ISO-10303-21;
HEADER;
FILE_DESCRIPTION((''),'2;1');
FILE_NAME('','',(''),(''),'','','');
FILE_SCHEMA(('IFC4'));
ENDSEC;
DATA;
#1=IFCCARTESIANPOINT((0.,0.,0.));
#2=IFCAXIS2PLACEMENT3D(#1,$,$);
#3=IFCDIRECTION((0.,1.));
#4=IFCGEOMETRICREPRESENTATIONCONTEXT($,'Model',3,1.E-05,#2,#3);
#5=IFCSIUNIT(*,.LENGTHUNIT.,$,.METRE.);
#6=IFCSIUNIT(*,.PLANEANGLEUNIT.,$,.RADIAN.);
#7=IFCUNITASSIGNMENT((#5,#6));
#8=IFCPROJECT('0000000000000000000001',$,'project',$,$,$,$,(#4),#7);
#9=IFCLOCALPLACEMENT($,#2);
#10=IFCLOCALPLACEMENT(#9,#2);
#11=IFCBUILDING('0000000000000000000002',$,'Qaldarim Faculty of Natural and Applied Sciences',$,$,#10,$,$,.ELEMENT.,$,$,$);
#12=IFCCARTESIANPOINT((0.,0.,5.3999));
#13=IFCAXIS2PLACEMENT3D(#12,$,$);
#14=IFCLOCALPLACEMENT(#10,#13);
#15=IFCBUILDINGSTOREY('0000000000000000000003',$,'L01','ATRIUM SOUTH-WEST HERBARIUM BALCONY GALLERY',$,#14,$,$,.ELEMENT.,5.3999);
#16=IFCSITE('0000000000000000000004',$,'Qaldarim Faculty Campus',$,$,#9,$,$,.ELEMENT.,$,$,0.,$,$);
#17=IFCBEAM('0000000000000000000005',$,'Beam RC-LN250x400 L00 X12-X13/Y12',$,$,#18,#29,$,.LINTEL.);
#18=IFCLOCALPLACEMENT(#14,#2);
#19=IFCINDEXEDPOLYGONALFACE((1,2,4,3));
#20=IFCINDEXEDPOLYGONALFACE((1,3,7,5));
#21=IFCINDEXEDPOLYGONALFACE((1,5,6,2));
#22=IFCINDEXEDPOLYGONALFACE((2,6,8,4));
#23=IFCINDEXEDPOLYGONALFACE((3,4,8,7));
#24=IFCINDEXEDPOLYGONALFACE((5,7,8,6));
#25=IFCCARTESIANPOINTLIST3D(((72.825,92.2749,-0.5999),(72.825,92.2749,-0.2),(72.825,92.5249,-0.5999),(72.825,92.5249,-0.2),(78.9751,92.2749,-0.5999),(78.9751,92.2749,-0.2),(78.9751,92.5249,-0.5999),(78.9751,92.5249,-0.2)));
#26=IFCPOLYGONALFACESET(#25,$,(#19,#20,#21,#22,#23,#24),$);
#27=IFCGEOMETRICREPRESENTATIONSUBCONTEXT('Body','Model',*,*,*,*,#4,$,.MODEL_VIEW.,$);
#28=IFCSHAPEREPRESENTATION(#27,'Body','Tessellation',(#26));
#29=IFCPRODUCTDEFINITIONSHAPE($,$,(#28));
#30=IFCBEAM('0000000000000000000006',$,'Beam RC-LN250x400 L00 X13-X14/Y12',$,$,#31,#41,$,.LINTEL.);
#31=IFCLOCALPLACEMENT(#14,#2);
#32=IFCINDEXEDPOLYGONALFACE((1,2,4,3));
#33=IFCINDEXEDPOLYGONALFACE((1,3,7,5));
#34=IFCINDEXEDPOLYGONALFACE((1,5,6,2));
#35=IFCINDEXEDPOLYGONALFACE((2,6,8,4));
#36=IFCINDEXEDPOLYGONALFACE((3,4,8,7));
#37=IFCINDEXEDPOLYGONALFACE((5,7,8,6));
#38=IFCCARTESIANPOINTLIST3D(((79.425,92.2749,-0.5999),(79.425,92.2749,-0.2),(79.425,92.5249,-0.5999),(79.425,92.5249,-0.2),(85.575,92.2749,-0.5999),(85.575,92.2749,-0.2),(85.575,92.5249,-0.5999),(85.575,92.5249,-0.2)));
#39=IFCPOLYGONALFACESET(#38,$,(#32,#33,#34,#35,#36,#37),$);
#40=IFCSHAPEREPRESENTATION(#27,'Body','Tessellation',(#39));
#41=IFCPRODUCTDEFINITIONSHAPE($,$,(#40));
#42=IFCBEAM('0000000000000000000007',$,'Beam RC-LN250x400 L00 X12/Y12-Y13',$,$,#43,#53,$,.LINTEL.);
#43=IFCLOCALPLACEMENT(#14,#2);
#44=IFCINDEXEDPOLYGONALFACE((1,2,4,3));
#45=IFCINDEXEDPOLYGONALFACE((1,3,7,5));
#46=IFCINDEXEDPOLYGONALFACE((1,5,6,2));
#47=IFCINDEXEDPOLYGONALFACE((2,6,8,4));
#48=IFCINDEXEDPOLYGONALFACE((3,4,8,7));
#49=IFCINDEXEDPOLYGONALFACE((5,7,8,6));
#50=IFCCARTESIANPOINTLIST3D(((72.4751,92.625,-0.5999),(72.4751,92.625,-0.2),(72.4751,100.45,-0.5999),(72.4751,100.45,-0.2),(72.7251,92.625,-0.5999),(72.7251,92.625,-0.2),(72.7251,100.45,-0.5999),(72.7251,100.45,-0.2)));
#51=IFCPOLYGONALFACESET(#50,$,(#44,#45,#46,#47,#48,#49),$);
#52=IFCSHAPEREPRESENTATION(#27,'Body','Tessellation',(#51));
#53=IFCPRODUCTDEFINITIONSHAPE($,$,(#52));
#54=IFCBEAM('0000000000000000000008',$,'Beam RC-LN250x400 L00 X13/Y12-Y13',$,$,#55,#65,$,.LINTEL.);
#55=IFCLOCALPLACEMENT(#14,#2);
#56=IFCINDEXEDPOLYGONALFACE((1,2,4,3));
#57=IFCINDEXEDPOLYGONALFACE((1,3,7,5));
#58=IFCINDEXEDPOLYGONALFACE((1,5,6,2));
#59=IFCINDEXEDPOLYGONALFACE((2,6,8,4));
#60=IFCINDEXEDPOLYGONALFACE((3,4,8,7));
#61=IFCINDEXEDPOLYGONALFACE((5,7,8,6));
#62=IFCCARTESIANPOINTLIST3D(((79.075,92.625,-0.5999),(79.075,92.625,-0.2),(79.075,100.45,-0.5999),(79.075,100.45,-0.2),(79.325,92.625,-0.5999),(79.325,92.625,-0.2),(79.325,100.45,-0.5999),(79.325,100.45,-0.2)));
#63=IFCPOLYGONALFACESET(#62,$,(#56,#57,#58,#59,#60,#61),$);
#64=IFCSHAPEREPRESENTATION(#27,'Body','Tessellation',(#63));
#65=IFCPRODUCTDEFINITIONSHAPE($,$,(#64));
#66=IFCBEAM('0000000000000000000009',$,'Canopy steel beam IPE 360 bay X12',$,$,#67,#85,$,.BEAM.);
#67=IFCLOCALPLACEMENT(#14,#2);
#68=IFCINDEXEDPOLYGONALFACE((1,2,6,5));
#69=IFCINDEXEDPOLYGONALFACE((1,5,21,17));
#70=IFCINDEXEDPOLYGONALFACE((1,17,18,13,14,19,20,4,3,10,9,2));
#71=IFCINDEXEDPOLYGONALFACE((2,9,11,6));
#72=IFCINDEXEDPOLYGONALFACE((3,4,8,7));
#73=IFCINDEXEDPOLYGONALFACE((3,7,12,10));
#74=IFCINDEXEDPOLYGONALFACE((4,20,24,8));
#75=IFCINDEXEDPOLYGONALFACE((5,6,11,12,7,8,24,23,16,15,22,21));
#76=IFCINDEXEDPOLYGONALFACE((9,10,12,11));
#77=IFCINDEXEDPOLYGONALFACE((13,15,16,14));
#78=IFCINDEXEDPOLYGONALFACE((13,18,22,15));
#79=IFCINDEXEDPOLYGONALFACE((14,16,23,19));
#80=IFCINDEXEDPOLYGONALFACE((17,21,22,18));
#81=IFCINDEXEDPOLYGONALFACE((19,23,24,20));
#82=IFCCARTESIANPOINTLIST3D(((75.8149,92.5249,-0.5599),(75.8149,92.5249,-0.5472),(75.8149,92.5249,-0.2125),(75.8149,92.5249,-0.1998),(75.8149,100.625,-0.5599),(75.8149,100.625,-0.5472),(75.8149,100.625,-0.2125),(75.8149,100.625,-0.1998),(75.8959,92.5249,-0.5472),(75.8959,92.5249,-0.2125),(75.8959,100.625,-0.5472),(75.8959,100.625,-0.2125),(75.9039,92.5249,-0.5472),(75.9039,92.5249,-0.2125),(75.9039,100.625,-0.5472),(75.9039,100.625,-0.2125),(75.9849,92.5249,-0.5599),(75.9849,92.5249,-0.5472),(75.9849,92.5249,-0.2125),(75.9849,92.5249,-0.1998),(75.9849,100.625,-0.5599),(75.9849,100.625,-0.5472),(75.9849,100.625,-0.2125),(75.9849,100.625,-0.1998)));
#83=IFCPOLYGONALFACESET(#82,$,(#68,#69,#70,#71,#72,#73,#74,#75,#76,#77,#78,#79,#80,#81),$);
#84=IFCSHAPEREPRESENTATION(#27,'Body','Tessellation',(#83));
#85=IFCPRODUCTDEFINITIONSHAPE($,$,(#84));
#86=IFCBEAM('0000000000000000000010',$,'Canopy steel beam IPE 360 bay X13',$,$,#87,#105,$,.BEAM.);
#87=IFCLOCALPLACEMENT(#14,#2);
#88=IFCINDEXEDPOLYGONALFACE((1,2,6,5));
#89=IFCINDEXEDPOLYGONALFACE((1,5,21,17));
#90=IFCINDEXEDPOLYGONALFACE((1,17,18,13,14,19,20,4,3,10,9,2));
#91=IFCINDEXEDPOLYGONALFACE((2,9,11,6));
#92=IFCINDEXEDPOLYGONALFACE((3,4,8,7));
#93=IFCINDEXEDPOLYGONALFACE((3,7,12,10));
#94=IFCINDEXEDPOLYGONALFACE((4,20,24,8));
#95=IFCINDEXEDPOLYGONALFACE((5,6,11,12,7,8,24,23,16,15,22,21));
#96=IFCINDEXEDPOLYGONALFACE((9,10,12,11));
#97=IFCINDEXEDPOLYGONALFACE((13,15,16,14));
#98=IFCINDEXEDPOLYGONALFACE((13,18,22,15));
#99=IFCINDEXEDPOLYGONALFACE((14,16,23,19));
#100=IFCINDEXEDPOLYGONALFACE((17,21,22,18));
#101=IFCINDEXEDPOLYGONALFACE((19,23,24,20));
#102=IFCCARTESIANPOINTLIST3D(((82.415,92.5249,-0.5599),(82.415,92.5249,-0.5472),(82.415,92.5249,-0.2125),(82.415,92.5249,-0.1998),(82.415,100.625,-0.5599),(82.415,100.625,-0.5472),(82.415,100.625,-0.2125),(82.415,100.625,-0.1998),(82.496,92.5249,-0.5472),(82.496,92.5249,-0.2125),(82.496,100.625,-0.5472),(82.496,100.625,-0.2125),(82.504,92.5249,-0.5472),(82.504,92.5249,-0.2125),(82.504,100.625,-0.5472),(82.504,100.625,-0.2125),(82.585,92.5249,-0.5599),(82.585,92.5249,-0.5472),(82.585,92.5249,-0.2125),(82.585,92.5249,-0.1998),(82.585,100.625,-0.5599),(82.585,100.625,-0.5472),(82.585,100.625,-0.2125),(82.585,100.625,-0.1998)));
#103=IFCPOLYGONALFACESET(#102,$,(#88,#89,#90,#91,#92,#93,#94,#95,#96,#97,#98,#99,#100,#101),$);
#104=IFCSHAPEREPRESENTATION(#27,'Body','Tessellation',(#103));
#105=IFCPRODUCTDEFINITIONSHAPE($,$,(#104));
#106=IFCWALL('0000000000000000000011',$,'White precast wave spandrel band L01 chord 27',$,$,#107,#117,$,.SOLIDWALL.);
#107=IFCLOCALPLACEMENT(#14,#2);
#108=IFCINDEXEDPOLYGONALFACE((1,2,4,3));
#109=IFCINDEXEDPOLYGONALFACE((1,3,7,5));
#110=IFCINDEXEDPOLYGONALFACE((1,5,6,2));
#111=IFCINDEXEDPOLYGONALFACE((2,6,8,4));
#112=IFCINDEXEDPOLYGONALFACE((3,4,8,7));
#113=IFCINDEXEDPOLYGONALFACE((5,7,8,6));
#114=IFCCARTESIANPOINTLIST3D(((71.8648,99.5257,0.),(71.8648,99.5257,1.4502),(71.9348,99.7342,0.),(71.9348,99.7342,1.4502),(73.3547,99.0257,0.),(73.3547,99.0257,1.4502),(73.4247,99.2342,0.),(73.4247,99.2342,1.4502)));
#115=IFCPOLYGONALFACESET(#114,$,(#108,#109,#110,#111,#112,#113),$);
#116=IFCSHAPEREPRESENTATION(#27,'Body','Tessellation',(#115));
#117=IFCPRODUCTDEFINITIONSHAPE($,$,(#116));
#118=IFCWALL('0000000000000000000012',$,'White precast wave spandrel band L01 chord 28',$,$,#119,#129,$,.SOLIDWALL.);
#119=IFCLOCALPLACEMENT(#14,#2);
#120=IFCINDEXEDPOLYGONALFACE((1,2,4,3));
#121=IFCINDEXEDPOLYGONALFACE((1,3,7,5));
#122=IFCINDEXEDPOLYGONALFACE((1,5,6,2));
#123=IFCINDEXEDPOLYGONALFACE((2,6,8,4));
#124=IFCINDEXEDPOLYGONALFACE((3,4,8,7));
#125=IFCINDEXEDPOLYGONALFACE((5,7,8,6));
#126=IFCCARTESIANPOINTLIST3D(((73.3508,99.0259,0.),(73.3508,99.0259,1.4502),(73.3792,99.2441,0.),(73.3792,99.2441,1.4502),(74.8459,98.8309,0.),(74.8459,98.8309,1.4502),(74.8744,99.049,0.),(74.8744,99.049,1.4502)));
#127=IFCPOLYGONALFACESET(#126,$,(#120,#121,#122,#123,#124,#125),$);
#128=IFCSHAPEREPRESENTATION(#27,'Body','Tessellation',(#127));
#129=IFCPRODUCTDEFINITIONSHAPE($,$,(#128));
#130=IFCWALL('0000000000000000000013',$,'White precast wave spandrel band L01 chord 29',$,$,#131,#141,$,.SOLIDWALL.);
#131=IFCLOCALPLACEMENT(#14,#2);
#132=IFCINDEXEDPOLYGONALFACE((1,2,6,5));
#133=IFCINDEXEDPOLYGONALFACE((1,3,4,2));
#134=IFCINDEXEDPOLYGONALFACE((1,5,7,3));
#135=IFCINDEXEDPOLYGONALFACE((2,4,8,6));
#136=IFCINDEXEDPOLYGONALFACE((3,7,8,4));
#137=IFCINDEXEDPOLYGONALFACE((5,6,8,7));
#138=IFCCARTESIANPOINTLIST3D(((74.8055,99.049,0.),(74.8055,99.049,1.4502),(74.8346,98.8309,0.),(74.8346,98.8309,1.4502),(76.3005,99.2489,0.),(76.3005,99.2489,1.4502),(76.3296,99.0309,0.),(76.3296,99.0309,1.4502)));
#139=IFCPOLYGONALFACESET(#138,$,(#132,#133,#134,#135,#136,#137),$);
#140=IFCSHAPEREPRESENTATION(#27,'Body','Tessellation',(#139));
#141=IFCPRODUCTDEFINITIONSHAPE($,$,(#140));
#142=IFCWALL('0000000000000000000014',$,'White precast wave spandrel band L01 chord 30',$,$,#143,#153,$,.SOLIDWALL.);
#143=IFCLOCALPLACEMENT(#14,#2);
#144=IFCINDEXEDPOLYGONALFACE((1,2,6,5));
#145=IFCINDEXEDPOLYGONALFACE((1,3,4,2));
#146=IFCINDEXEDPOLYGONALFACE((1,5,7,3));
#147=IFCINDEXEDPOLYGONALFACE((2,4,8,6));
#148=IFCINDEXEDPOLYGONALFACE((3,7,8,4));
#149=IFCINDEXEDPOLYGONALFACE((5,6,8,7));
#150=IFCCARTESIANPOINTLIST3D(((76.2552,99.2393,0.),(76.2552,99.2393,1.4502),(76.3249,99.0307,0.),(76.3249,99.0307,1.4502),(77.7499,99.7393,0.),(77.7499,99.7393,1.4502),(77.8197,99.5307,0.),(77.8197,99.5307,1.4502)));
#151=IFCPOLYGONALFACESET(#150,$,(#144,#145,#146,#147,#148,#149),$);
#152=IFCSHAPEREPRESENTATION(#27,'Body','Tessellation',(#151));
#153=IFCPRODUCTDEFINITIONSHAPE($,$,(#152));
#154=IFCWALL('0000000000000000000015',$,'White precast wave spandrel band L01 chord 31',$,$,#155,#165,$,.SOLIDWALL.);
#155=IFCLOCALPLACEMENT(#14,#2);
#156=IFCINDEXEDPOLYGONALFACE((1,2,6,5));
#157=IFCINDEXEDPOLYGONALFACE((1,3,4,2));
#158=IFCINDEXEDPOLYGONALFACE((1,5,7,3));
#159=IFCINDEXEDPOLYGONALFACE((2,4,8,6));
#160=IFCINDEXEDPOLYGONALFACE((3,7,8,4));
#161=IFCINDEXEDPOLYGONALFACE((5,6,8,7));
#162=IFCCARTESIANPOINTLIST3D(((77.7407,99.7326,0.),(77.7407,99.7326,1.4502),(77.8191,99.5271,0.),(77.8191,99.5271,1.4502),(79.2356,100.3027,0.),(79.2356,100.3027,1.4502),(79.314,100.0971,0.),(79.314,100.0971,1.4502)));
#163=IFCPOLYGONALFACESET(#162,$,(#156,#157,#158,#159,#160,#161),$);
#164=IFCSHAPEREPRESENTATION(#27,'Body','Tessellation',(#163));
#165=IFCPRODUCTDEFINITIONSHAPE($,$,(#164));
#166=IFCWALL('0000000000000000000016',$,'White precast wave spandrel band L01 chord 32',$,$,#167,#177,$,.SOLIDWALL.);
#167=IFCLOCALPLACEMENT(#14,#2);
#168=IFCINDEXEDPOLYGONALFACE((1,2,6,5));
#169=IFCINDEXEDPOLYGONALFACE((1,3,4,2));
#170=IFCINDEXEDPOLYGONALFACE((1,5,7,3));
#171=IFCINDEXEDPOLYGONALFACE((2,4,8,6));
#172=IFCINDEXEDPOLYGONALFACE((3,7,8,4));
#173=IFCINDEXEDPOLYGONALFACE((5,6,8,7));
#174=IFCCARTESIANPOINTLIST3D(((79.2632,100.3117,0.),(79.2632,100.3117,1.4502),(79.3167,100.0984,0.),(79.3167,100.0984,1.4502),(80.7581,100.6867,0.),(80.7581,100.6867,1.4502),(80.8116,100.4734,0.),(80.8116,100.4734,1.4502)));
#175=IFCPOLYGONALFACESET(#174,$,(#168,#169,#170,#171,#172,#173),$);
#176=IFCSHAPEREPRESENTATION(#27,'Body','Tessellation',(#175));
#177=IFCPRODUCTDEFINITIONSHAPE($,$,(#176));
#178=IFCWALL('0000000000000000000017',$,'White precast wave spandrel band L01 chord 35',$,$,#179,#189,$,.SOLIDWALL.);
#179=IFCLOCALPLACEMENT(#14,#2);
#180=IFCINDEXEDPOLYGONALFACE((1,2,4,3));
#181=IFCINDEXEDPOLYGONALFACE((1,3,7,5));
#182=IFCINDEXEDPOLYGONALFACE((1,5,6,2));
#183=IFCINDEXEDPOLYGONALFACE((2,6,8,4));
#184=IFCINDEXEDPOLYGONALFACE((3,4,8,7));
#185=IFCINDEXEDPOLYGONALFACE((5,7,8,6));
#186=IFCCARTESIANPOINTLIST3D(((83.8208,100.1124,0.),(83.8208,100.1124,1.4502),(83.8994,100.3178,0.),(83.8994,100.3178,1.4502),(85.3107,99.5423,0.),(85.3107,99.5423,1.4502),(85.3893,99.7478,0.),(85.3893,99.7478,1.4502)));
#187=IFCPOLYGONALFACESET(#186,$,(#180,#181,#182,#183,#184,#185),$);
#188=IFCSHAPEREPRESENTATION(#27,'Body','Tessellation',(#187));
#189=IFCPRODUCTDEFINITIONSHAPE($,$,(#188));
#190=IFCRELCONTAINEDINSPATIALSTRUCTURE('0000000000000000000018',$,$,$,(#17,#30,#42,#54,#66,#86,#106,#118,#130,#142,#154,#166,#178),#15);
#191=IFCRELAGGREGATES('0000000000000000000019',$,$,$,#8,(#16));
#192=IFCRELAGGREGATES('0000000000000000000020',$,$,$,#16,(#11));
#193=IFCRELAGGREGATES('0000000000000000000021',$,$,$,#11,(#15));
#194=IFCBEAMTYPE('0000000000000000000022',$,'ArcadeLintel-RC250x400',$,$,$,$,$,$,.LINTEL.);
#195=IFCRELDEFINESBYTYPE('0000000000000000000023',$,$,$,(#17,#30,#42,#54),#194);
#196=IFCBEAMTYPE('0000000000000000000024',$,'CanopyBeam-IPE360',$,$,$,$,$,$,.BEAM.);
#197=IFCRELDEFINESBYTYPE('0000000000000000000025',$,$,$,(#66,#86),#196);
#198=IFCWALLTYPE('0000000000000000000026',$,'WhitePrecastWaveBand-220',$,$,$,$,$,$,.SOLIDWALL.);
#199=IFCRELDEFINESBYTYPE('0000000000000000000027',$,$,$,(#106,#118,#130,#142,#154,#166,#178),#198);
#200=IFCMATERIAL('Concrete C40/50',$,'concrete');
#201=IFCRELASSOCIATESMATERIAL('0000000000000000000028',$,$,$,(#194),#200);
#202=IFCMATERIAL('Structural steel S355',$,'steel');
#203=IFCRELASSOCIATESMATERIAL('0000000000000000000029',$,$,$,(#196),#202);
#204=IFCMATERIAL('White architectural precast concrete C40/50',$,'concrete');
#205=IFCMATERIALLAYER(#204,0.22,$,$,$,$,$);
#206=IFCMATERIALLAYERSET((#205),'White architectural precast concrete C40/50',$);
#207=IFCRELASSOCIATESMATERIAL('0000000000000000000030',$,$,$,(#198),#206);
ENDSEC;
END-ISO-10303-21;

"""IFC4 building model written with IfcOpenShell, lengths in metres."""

from ifc_helpers import new_model, si_unit, direction, frame, frame_2d, origin, origin_2d, place, context, subcontext, project, spatial, rectangle, i_section, extrude, material, layer, layer_set, material_profile, profile_set, type_object, element, save


model = new_model("IFC4")

# Units and contexts
model_context = context("Model", 3, precision=1e-05, world=origin(), true_north=direction((0.0, 1.0)))
body_context = subcontext(model_context, "Body", "Model", "MODEL_VIEW")
ifc_project = project(units=[si_unit("LENGTHUNIT", "METRE"), si_unit("PLANEANGLEUNIT", "RADIAN")], contexts=[model_context])

# Site, building, storey
site_placement = place(None, origin())
site = spatial("IfcSite", under=ifc_project, at=site_placement, Name="Qaldarim Faculty Campus", CompositionType="ELEMENT", RefElevation=0.0)
building_placement = place(site_placement, origin())
building = spatial("IfcBuilding", under=site, at=building_placement, Name="Qaldarim Faculty of Natural and Applied Sciences", CompositionType="ELEMENT")
storey_placement = place(building_placement, frame((0.0, 0.0, 5.3999)))
storey = spatial("IfcBuildingStorey", under=building, at=storey_placement, Name="L01", Description="ATRIUM SOUTH-WEST HERBARIUM BALCONY GALLERY", CompositionType="ELEMENT", Elevation=5.3999)

# Beams
ifc_material_1 = material(Name="Concrete C40/50", Category="concrete")
ifc_material_profile_1 = material_profile(ifc_material_1, rectangle(XDim=0.25, YDim=0.3999, at=origin_2d()), Name="RC-LN250x400")
ifc_profile_set_1 = profile_set([ifc_material_profile_1], Name="Concrete C40/50")
beam_type_1 = type_object("IfcBeamType", Name="ArcadeLintel-RC250x400", PredefinedType="LINTEL", material=ifc_profile_set_1)
beam_1_placement = place(storey_placement, frame((72.825, 92.3999, -0.3999), z_axis=(1.0, 0.0, 0.0), x_axis=(0.0, 1.0, 0.0)))
element("IfcBeam", 1, at=beam_1_placement, inside=storey, type_object=beam_type_1, Name="Beam RC-LN250x400 L00 X12-X13/Y12", PredefinedType="LINTEL", context=body_context, shape_type="SweptSolid", body=[
    extrude(rectangle(XDim=0.25, YDim=0.3999, at=origin_2d()), origin(), (0.0, 0.0, 1.0), 6.1501),
])
beam_2_placement = place(storey_placement, frame((79.425, 92.3999, -0.3999), z_axis=(1.0, 0.0, 0.0), x_axis=(0.0, 1.0, 0.0)))
element("IfcBeam", 2, at=beam_2_placement, inside=storey, type_object=beam_type_1, Name="Beam RC-LN250x400 L00 X13-X14/Y12", PredefinedType="LINTEL", context=body_context, shape_type="SweptSolid", body=[
    extrude(rectangle(XDim=0.25, YDim=0.3999, at=origin_2d()), origin(), (0.0, 0.0, 1.0), 6.1499),
])
for number, where, z_axis, x_axis, name in (
    (3, (72.6001, 92.625, -0.3999), (0.0, 1.0, 0.0), (-1.0, 0.0, 0.0), "Beam RC-LN250x400 L00 X12/Y12-Y13"),
    (4, (79.2, 92.625, -0.3999), (0.0, 1.0, 0.0), (-1.0, 0.0, 0.0), "Beam RC-LN250x400 L00 X13/Y12-Y13"),
):
    element("IfcBeam", number, at=place(storey_placement, frame(where, z_axis=z_axis, x_axis=x_axis)), inside=storey, type_object=beam_type_1, Name=name, PredefinedType="LINTEL", context=body_context, shape_type="SweptSolid", body=[
        extrude(rectangle(XDim=0.25, YDim=0.3999, at=origin_2d()), origin(), (0.0, 0.0, 1.0), 7.825),
    ])
ifc_material_2 = material(Name="Structural steel S355", Category="steel")
ifc_material_profile_2 = material_profile(ifc_material_2, i_section(OverallWidth=0.1699, OverallDepth=0.3601, WebThickness=0.0081, FlangeThickness=0.0127, at=origin_2d()), Name="IPE 360")
ifc_profile_set_2 = profile_set([ifc_material_profile_2], Name="Structural steel S355")
beam_type_2 = type_object("IfcBeamType", Name="CanopyBeam-IPE360", PredefinedType="BEAM", material=ifc_profile_set_2)
for number, where, z_axis, x_axis, name in (
    (5, (75.8999, 92.5249, -0.3799), (0.0, 1.0, 0.0), (-1.0, 0.0, 0.0), "Canopy steel beam IPE 360 bay X12"),
    (6, (82.5, 92.5249, -0.3799), (0.0, 1.0, 0.0), (-1.0, 0.0, 0.0), "Canopy steel beam IPE 360 bay X13"),
):
    element("IfcBeam", number, at=place(storey_placement, frame(where, z_axis=z_axis, x_axis=x_axis)), inside=storey, type_object=beam_type_2, Name=name, PredefinedType="BEAM", context=body_context, shape_type="SweptSolid", body=[
        extrude(i_section(OverallWidth=0.1699, OverallDepth=0.3601, WebThickness=0.0081, FlangeThickness=0.0127, at=origin_2d()), origin(), (0.0, 0.0, 1.0), 8.1001),
    ])

# Walls
ifc_material_3 = material(Name="White architectural precast concrete C40/50", Category="concrete")
ifc_layer_1 = layer(ifc_material_3, 0.22)
ifc_layer_set_1 = layer_set([ifc_layer_1], Name="White architectural precast concrete C40/50")
wall_type = type_object("IfcWallType", Name="WhitePrecastWaveBand-220", PredefinedType="SOLIDWALL", material=ifc_layer_set_1)
wall_1_placement = place(storey_placement, frame((71.8999, 99.6299, 0.0), z_axis=(0.0, 0.0, 1.0), x_axis=(0.948044, -0.318138, 0.0)))
element("IfcWall", 7, at=wall_1_placement, inside=storey, type_object=wall_type, Name="White precast wave spandrel band L01 chord 27", PredefinedType="SOLIDWALL", context=body_context, shape_type="SweptSolid", body=[
    extrude(rectangle(XDim=1.5715, YDim=0.22, at=frame_2d((0.7856, 0.0))), origin(), (0.0, 0.0, 1.0), 1.4502),
])
wall_2_placement = place(storey_placement, frame((73.365, 99.135, 0.0), z_axis=(0.0, 0.0, 1.0), x_axis=(0.991596, -0.129374, 0.0)))
element("IfcWall", 8, at=wall_2_placement, inside=storey, type_object=wall_type, Name="White precast wave spandrel band L01 chord 28", PredefinedType="SOLIDWALL", context=body_context, shape_type="SweptSolid", body=[
    extrude(rectangle(XDim=1.5078, YDim=0.22, at=frame_2d((0.7539, 0.0))), origin(), (0.0, 0.0, 1.0), 1.4502),
])
wall_3_placement = place(storey_placement, frame((74.8201, 98.9399, 0.0), z_axis=(0.0, 0.0, 1.0), x_axis=(0.991173, 0.132577, 0.0)))
element("IfcWall", 9, at=wall_3_placement, inside=storey, type_object=wall_type, Name="White precast wave spandrel band L01 chord 29", PredefinedType="SOLIDWALL", context=body_context, shape_type="SweptSolid", body=[
    extrude(rectangle(XDim=1.5083, YDim=0.22, at=frame_2d((0.7542, 0.0))), origin(), (0.0, 0.0, 1.0), 1.4502),
])
wall_4_placement = place(storey_placement, frame((76.29, 99.135, 0.0), z_axis=(0.0, 0.0, 1.0), x_axis=(0.948358, 0.317203, 0.0)))
element("IfcWall", 10, at=wall_4_placement, inside=storey, type_object=wall_type, Name="White precast wave spandrel band L01 chord 30", PredefinedType="SOLIDWALL", context=body_context, shape_type="SweptSolid", body=[
    extrude(rectangle(XDim=1.5762, YDim=0.22, at=frame_2d((0.7881, 0.0))), origin(), (0.0, 0.0, 1.0), 1.4502),
])
wall_5_placement = place(storey_placement, frame((77.78, 99.6299, 0.0), z_axis=(0.0, 0.0, 1.0), x_axis=(0.934364, 0.356319, 0.0)))
element("IfcWall", 11, at=wall_5_placement, inside=storey, type_object=wall_type, Name="White precast wave spandrel band L01 chord 31", PredefinedType="SOLIDWALL", context=body_context, shape_type="SweptSolid", body=[
    extrude(rectangle(XDim=1.5999, YDim=0.22, at=frame_2d((0.7998, 0.0))), origin(), (0.0, 0.0, 1.0), 1.4502),
])
wall_6_placement = place(storey_placement, frame((79.29, 100.2051, 0.0), z_axis=(0.0, 0.0, 1.0), x_axis=(0.969947, 0.243318, 0.0)))
element("IfcWall", 12, at=wall_6_placement, inside=storey, type_object=wall_type, Name="White precast wave spandrel band L01 chord 32", PredefinedType="SOLIDWALL", context=body_context, shape_type="SweptSolid", body=[
    extrude(rectangle(XDim=1.5413, YDim=0.22, at=frame_2d((0.7705, 0.0))), origin(), (0.0, 0.0, 1.0), 1.4502),
])
wall_7_placement = place(storey_placement, frame((83.8601, 100.2151, 0.0), z_axis=(0.0, 0.0, 1.0), x_axis=(0.933975, -0.357338, 0.0)))
element("IfcWall", 13, at=wall_7_placement, inside=storey, type_object=wall_type, Name="White precast wave spandrel band L01 chord 35", PredefinedType="SOLIDWALL", context=body_context, shape_type="SweptSolid", body=[
    extrude(rectangle(XDim=1.5952, YDim=0.22, at=frame_2d((0.7976, 0.0))), origin(), (0.0, 0.0, 1.0), 1.4502),
])

save(model, "model.ifc")
